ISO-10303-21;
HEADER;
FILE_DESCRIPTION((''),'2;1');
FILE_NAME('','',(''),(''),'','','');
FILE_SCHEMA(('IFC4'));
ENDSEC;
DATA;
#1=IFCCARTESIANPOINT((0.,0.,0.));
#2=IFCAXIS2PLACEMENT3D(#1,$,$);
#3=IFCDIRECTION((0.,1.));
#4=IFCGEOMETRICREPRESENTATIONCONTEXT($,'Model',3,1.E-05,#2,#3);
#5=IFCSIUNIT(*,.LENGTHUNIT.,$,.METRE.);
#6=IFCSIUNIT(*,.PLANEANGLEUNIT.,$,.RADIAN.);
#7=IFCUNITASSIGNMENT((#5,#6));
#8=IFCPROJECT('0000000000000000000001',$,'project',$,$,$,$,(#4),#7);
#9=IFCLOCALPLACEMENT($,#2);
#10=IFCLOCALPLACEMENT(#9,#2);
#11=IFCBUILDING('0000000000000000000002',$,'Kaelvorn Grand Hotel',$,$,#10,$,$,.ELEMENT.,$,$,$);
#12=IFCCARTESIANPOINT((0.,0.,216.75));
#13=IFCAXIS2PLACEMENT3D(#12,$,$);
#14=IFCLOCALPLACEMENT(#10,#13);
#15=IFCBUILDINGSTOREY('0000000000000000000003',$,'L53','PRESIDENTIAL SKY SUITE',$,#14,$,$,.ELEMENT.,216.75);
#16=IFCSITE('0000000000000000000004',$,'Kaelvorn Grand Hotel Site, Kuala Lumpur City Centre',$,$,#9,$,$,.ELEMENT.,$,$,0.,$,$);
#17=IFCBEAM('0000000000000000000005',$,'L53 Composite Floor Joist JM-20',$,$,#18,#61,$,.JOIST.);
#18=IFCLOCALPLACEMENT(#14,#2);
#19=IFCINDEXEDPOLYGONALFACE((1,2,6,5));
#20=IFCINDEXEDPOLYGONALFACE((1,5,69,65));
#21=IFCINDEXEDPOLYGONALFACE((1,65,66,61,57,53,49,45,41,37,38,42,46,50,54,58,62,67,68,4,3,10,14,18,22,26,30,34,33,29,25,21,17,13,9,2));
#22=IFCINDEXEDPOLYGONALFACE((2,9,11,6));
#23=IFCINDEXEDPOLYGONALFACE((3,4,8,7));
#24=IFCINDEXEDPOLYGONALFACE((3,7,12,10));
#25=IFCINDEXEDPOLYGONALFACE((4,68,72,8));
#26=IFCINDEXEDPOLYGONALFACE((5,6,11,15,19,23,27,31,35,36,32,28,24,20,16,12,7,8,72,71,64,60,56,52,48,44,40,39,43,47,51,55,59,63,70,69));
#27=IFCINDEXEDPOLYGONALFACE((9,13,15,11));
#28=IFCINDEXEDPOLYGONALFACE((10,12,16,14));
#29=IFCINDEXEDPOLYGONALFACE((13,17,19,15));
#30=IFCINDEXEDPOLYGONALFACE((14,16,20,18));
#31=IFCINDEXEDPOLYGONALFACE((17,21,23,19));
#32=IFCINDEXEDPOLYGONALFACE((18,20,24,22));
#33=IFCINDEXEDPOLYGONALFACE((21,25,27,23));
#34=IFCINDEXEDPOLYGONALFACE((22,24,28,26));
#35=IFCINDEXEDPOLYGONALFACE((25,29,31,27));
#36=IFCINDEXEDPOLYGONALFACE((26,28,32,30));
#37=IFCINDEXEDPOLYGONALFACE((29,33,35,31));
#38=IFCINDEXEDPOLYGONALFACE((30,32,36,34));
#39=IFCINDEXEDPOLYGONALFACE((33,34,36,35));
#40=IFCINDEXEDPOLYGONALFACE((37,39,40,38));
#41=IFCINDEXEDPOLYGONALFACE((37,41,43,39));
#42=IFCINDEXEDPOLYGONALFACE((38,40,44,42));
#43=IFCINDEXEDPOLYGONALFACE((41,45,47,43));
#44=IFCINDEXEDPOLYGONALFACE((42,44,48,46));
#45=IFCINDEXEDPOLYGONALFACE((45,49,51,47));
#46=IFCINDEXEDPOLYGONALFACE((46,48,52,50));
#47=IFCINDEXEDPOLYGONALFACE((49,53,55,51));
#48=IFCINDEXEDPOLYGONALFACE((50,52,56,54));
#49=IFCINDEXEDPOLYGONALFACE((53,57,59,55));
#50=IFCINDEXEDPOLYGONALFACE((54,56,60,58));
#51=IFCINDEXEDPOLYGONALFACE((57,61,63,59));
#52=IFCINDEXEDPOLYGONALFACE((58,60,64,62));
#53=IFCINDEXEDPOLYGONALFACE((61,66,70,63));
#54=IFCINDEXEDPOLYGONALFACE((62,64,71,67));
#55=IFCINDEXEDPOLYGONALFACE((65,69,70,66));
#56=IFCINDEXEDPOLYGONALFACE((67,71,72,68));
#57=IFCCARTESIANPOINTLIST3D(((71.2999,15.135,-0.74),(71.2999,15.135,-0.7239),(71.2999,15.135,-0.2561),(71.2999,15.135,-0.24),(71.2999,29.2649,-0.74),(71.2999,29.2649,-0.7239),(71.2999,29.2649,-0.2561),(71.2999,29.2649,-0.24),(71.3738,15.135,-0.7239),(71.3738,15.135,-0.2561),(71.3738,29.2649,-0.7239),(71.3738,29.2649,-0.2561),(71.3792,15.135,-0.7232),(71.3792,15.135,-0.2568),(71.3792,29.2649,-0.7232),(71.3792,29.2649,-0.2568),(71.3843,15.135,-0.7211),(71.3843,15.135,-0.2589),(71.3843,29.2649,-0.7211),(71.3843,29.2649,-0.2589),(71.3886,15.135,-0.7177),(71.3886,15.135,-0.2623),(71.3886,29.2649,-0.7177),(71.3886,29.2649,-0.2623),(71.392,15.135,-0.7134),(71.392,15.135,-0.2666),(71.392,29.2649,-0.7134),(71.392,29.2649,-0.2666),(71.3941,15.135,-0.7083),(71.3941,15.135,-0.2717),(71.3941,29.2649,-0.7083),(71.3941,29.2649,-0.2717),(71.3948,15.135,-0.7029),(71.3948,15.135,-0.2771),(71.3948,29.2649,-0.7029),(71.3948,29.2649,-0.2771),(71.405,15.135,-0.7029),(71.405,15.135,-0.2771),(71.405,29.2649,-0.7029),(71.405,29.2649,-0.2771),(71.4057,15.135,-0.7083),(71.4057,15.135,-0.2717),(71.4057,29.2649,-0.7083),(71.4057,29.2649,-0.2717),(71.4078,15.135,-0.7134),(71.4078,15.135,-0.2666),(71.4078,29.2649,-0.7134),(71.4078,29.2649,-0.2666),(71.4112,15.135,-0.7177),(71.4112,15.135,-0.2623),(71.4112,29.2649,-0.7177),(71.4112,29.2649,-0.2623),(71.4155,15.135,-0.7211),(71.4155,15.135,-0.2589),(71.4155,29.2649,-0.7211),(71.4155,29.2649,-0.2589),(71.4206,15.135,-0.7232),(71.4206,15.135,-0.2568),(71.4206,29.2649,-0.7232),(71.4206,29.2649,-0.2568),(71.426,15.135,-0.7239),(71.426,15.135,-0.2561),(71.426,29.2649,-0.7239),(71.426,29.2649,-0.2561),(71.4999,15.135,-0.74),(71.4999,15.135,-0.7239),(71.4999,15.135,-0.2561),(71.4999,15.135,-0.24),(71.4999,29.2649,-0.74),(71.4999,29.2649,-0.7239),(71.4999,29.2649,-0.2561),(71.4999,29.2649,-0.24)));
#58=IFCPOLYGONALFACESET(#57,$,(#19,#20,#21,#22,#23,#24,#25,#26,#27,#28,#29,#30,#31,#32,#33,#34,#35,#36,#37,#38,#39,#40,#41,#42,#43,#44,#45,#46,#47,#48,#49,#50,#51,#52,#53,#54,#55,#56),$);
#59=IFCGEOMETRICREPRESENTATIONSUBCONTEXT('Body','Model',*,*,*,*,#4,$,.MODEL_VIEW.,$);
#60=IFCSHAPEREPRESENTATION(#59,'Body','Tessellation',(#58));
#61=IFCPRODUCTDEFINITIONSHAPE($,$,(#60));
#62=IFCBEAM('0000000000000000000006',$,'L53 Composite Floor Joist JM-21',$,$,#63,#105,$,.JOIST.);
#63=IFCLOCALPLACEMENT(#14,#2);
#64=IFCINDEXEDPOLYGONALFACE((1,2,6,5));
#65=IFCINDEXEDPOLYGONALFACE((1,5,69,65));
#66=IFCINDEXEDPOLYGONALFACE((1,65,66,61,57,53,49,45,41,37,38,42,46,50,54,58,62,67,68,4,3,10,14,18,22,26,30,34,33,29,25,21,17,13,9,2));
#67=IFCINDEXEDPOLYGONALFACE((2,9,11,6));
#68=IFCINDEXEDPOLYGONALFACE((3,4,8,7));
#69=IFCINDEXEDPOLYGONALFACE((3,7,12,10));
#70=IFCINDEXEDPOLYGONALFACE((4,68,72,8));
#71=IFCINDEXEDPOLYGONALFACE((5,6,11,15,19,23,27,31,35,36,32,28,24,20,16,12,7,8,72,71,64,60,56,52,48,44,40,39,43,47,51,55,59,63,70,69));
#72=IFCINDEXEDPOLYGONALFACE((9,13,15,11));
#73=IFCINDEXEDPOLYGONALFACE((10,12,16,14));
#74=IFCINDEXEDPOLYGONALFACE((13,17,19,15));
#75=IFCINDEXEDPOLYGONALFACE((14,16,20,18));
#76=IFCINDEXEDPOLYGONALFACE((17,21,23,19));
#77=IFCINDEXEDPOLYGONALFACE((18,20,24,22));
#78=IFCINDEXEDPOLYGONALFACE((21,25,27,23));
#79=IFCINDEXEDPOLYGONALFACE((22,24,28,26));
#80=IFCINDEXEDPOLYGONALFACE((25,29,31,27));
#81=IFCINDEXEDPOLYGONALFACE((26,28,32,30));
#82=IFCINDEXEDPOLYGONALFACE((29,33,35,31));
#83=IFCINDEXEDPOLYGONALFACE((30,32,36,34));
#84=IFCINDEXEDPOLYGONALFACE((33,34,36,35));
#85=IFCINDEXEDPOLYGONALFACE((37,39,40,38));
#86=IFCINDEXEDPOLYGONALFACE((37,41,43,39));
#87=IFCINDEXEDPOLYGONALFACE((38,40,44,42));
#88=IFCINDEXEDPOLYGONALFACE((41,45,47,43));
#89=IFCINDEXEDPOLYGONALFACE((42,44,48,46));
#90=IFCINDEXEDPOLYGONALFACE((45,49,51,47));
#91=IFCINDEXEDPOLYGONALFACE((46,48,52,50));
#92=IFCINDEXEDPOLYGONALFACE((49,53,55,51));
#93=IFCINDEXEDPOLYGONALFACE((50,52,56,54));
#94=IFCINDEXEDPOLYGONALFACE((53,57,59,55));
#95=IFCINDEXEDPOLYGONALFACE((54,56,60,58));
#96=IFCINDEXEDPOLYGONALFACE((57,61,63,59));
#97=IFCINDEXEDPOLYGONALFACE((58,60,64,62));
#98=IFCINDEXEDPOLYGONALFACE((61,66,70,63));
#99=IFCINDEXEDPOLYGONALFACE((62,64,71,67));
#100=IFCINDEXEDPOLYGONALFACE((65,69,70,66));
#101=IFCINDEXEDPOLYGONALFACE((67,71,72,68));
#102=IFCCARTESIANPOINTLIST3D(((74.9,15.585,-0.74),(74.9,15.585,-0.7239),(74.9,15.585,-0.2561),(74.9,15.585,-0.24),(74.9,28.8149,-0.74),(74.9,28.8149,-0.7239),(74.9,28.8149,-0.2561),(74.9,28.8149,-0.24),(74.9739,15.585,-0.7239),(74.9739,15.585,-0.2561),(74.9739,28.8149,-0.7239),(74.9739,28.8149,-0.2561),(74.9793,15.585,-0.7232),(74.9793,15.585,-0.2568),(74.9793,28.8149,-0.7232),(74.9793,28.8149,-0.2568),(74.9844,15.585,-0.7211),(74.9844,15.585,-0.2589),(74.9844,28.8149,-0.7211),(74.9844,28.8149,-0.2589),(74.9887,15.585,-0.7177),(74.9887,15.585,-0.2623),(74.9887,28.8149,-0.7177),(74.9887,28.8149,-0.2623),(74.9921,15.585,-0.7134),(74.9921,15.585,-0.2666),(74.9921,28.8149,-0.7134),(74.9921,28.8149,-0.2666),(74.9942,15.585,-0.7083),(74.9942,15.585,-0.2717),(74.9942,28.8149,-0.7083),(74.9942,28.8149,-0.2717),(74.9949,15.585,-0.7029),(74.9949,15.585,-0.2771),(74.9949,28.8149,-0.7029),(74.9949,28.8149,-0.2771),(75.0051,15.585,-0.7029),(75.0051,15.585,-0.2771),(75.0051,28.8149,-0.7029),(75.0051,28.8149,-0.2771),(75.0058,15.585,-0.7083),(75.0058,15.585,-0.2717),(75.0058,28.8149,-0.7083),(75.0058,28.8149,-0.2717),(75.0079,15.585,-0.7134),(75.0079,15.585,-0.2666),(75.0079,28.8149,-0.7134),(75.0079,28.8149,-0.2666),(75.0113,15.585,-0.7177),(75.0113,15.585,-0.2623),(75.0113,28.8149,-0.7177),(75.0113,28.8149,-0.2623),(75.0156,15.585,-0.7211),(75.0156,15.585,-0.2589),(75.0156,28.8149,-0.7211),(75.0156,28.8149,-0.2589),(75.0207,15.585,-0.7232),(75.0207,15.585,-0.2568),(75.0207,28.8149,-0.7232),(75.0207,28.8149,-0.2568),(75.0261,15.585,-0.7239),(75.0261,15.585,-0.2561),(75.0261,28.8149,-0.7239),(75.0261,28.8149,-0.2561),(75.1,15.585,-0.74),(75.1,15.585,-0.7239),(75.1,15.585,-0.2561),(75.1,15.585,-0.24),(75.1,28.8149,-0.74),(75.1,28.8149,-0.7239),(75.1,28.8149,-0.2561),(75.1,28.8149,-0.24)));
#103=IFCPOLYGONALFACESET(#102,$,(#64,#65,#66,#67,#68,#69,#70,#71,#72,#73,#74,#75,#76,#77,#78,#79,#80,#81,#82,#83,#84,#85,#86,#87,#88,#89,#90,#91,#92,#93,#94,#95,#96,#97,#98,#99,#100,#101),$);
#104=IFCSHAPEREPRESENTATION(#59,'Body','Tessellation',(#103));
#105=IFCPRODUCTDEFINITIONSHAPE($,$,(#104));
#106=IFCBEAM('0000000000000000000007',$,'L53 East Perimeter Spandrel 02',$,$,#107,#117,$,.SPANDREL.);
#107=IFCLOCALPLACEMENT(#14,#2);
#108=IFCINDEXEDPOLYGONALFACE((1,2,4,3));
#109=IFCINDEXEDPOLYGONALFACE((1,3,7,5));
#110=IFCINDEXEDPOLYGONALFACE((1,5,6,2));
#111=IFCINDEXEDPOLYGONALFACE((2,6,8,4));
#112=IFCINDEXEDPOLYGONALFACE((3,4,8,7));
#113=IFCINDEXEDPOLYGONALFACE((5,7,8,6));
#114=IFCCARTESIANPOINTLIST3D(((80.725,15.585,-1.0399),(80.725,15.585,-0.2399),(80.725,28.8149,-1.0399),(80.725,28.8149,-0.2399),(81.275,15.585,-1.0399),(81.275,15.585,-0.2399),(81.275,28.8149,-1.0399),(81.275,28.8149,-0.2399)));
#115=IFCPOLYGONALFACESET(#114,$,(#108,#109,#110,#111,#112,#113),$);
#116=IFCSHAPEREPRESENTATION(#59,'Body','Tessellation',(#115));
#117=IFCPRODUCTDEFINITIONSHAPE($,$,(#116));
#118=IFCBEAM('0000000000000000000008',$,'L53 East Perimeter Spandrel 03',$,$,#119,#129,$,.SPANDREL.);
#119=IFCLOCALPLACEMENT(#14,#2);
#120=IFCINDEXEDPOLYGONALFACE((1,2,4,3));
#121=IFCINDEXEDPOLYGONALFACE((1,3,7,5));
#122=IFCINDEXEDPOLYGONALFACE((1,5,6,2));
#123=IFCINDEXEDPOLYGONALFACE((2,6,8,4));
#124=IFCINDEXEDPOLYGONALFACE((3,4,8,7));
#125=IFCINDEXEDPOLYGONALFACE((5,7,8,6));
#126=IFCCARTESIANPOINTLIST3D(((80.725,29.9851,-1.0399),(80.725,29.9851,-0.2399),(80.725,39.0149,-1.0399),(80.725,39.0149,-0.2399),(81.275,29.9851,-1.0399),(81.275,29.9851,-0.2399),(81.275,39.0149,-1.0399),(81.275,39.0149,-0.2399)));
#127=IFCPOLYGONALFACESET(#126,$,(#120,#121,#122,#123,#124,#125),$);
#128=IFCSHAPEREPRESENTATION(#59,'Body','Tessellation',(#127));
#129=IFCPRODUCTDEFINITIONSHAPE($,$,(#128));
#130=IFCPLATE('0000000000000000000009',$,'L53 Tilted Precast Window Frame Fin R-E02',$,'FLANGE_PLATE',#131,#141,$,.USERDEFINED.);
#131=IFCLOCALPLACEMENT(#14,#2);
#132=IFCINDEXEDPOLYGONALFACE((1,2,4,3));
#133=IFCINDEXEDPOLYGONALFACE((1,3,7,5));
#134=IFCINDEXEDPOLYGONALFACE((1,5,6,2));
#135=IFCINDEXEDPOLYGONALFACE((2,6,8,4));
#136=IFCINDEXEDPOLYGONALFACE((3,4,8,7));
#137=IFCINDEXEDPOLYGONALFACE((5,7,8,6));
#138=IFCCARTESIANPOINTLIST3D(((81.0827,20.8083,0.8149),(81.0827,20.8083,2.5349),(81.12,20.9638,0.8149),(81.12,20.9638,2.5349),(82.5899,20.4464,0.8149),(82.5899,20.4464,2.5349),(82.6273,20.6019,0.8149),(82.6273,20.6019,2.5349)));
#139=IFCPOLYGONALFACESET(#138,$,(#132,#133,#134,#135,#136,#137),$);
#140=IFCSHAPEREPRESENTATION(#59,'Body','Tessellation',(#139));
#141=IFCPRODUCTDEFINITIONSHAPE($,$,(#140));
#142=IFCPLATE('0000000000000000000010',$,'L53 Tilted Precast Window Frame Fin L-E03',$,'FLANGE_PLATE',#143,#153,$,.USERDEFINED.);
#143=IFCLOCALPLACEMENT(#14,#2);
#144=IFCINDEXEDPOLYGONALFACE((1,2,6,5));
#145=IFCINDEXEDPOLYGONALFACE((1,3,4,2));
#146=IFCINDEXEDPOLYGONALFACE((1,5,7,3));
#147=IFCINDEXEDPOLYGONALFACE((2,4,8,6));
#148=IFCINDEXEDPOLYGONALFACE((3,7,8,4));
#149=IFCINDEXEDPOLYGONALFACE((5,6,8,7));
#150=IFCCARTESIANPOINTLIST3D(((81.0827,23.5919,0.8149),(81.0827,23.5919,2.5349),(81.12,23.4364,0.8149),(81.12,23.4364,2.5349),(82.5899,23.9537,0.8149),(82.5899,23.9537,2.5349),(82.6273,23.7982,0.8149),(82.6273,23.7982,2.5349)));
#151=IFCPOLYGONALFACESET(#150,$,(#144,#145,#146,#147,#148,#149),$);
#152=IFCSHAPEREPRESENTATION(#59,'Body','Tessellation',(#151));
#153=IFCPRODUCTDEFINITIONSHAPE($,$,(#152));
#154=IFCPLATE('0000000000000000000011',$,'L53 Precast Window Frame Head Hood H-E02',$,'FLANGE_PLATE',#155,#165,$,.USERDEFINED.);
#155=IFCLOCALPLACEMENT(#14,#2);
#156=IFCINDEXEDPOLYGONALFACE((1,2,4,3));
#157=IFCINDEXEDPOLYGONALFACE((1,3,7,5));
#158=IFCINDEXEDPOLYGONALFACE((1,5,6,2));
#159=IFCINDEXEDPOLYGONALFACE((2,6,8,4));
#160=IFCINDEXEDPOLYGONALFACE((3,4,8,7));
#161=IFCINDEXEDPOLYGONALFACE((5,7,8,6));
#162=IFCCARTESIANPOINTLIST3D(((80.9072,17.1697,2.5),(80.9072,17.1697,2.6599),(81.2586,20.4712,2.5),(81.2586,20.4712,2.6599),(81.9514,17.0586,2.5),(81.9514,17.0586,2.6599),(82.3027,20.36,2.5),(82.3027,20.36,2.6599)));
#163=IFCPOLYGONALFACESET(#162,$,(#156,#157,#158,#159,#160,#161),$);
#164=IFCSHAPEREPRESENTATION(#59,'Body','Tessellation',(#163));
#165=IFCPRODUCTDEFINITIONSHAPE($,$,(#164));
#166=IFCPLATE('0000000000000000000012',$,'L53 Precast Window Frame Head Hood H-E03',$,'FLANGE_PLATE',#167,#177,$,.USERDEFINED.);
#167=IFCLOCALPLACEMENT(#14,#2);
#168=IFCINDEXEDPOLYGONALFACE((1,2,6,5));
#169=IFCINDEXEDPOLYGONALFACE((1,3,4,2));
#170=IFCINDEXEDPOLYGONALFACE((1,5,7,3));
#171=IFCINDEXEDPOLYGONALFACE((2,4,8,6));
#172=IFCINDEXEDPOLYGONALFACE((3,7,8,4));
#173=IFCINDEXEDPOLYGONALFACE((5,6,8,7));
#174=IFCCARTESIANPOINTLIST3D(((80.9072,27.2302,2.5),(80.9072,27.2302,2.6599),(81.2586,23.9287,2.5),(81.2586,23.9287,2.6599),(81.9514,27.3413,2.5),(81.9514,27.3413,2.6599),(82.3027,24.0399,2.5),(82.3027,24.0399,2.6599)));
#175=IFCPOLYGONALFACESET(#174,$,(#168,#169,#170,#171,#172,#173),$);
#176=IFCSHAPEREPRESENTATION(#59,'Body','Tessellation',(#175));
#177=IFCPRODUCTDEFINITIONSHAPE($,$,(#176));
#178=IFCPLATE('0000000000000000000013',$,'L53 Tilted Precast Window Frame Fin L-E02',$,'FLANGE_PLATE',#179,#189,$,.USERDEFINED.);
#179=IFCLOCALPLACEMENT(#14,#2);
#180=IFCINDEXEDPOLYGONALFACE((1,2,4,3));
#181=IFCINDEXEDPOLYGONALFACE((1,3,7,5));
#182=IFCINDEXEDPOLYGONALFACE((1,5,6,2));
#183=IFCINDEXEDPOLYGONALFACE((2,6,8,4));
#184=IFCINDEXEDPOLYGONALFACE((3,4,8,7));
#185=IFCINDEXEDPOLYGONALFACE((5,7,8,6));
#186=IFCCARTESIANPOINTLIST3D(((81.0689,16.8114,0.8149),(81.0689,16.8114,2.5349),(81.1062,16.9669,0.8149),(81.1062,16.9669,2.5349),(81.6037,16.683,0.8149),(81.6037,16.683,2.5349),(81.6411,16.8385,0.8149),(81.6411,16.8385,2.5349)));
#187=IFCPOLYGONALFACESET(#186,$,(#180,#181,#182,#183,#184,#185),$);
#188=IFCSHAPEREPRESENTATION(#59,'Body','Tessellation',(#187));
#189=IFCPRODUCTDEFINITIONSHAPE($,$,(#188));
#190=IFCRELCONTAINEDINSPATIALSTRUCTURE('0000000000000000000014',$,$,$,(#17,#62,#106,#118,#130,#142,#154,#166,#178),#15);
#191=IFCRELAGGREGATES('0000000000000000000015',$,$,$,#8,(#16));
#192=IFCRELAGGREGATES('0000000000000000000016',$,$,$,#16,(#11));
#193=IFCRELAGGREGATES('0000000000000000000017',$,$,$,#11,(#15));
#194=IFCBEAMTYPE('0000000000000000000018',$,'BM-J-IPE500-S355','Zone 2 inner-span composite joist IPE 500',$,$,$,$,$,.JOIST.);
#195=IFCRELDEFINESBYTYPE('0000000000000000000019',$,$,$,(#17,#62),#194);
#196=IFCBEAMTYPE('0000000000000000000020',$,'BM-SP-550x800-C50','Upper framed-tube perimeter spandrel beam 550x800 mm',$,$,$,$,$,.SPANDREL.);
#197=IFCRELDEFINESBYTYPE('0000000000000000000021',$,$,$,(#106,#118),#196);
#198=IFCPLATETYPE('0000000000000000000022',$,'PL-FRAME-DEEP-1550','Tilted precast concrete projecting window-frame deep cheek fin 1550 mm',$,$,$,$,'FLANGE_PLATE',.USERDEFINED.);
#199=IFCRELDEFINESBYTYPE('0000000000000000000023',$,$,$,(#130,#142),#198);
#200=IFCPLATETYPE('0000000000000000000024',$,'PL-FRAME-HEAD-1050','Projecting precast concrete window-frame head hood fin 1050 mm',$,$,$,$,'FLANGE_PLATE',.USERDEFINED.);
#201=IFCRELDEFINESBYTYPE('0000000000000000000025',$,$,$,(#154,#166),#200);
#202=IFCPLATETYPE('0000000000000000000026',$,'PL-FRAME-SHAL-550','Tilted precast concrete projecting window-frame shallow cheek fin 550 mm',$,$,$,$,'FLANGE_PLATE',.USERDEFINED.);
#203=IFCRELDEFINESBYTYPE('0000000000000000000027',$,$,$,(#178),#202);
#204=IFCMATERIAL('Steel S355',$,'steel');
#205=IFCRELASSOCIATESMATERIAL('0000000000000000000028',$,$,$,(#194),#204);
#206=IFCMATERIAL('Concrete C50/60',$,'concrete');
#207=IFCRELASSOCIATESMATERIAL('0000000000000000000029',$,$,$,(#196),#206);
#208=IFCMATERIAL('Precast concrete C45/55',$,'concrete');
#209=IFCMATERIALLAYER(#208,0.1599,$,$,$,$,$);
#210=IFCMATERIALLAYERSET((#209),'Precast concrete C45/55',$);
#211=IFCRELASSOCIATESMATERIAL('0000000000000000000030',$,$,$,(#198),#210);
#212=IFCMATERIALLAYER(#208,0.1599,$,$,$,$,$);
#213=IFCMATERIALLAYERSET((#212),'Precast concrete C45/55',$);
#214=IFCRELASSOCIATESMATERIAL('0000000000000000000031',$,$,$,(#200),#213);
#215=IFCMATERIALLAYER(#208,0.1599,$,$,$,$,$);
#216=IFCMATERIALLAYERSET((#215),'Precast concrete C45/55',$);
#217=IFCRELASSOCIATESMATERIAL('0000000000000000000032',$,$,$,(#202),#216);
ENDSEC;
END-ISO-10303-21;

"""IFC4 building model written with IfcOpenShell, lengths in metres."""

from ifc_helpers import new_model, si_unit, direction, frame, origin, origin_2d, place, context, subcontext, project, spatial, rectangle, i_section, extrude, material, layer, layer_set, material_profile, profile_set, type_object, element, save


model = new_model("IFC4")

# Units and contexts
model_context = context("Model", 3, precision=1e-05, world=origin(), true_north=direction((0.0, 1.0)))
body_context = subcontext(model_context, "Body", "Model", "MODEL_VIEW")
ifc_project = project(units=[si_unit("LENGTHUNIT", "METRE"), si_unit("PLANEANGLEUNIT", "RADIAN")], contexts=[model_context])

# Site, building, storey
site_placement = place(None, origin())
site = spatial("IfcSite", under=ifc_project, at=site_placement, Name="Kaelvorn Grand Hotel Site, Kuala Lumpur City Centre", CompositionType="ELEMENT", RefElevation=0.0)
building_placement = place(site_placement, origin())
building = spatial("IfcBuilding", under=site, at=building_placement, Name="Kaelvorn Grand Hotel", CompositionType="ELEMENT")
storey_placement = place(building_placement, frame((0.0, 0.0, 216.75)))
storey = spatial("IfcBuildingStorey", under=building, at=storey_placement, Name="L53", Description="PRESIDENTIAL SKY SUITE", CompositionType="ELEMENT", Elevation=216.75)

# Beams
ifc_material_1 = material(Name="Steel S355", Category="steel")
ifc_material_profile_1 = material_profile(ifc_material_1, i_section(OverallWidth=0.2, OverallDepth=0.5, WebThickness=0.0103, FlangeThickness=0.0161, FilletRadius=0.021, at=origin_2d()), Name="IPE 500")
ifc_profile_set_1 = profile_set([ifc_material_profile_1], Name="Steel S355")
beam_type_1 = type_object("IfcBeamType", Name="BM-J-IPE500-S355", Description="Zone 2 inner-span composite joist IPE 500", PredefinedType="JOIST", material=ifc_profile_set_1)
beam_1_placement = place(storey_placement, frame((71.3999, 15.135, -0.49), z_axis=(0.0, 1.0, 0.0), x_axis=(-1.0, 0.0, 0.0)))
element("IfcBeam", 1, at=beam_1_placement, inside=storey, type_object=beam_type_1, Name="L53 Composite Floor Joist JM-20", PredefinedType="JOIST", context=body_context, shape_type="SweptSolid", body=[
    extrude(i_section(OverallWidth=0.2, OverallDepth=0.5, WebThickness=0.0103, FlangeThickness=0.0161, FilletRadius=0.021, at=origin_2d()), origin(), (0.0, 0.0, 1.0), 14.1299),
])
beam_2_placement = place(storey_placement, frame((75.0, 15.585, -0.49), z_axis=(0.0, 1.0, 0.0), x_axis=(-1.0, 0.0, 0.0)))
element("IfcBeam", 2, at=beam_2_placement, inside=storey, type_object=beam_type_1, Name="L53 Composite Floor Joist JM-21", PredefinedType="JOIST", context=body_context, shape_type="SweptSolid", body=[
    extrude(i_section(OverallWidth=0.2, OverallDepth=0.5, WebThickness=0.0103, FlangeThickness=0.0161, FilletRadius=0.021, at=origin_2d()), origin(), (0.0, 0.0, 1.0), 13.23),
])
ifc_material_2 = material(Name="Concrete C50/60", Category="concrete")
ifc_material_profile_2 = material_profile(ifc_material_2, rectangle(XDim=0.55, YDim=0.8, at=origin_2d()), Name="RC SPANDREL 550x800")
ifc_profile_set_2 = profile_set([ifc_material_profile_2], Name="Concrete C50/60")
beam_type_2 = type_object("IfcBeamType", Name="BM-SP-550x800-C50", Description="Upper framed-tube perimeter spandrel beam 550x800 mm", PredefinedType="SPANDREL", material=ifc_profile_set_2)
beam_3_placement = place(storey_placement, frame((81.0, 15.585, -0.6399), z_axis=(0.0, 1.0, 0.0), x_axis=(-1.0, 0.0, 0.0)))
element("IfcBeam", 3, at=beam_3_placement, inside=storey, type_object=beam_type_2, Name="L53 East Perimeter Spandrel 02", PredefinedType="SPANDREL", context=body_context, shape_type="SweptSolid", body=[
    extrude(rectangle(XDim=0.55, YDim=0.8, at=origin_2d()), origin(), (0.0, 0.0, 1.0), 13.23),
])
beam_4_placement = place(storey_placement, frame((81.0, 29.9851, -0.6399), z_axis=(0.0, 1.0, 0.0), x_axis=(-1.0, 0.0, 0.0)))
element("IfcBeam", 4, at=beam_4_placement, inside=storey, type_object=beam_type_2, Name="L53 East Perimeter Spandrel 03", PredefinedType="SPANDREL", context=body_context, shape_type="SweptSolid", body=[
    extrude(rectangle(XDim=0.55, YDim=0.8, at=origin_2d()), origin(), (0.0, 0.0, 1.0), 9.0298),
])

# Plates
ifc_material_3 = material(Name="Precast concrete C45/55", Category="concrete")
ifc_layer_1 = layer(ifc_material_3, 0.1599)
ifc_layer_set_1 = layer_set([ifc_layer_1], Name="Precast concrete C45/55")
plate_type_1 = type_object("IfcPlateType", Name="PL-FRAME-DEEP-1550", Description="Tilted precast concrete projecting window-frame deep cheek fin 1550 mm", ElementType="FLANGE_PLATE", PredefinedType="USERDEFINED", material=ifc_layer_set_1)
for number, where, z_axis, x_axis, name in (
    (5, (81.855, 20.7051, 0.8149), (0.0, 0.0, 1.0), (0.233445, 0.97237, 0.0), "L53 Tilted Precast Window Frame Fin R-E02"),
    (6, (81.855, 23.6951, 0.8149), (0.0, 0.0, 1.0), (-0.233445, 0.97237, 0.0), "L53 Tilted Precast Window Frame Fin L-E03"),
):
    element("IfcPlate", number, at=place(storey_placement, frame(where, z_axis=z_axis, x_axis=x_axis)), inside=storey, type_object=plate_type_1, Name=name, ObjectType="FLANGE_PLATE", PredefinedType="USERDEFINED", context=body_context, shape_type="SweptSolid", body=[
        extrude(rectangle(XDim=0.1599, YDim=1.55, at=origin_2d()), origin(), (0.0, 0.0, 1.0), 1.72),
    ])
ifc_layer_2 = layer(ifc_material_3, 0.1599)
ifc_layer_set_2 = layer_set([ifc_layer_2], Name="Precast concrete C45/55")
plate_type_2 = type_object("IfcPlateType", Name="PL-FRAME-HEAD-1050", Description="Projecting precast concrete window-frame head hood fin 1050 mm", ElementType="FLANGE_PLATE", PredefinedType="USERDEFINED", material=ifc_layer_set_2)
for number, where, z_axis, x_axis, name in (
    (7, (81.605, 18.7649, 2.5), (0.0, 0.0, 1.0), (0.10583, 0.994384, 0.0), "L53 Precast Window Frame Head Hood H-E02"),
    (8, (81.605, 25.635, 2.5), (0.0, 0.0, 1.0), (-0.10583, 0.994384, 0.0), "L53 Precast Window Frame Head Hood H-E03"),
):
    element("IfcPlate", number, at=place(storey_placement, frame(where, z_axis=z_axis, x_axis=x_axis)), inside=storey, type_object=plate_type_2, Name=name, ObjectType="FLANGE_PLATE", PredefinedType="USERDEFINED", context=body_context, shape_type="SweptSolid", body=[
        extrude(rectangle(XDim=3.3201, YDim=1.05, at=origin_2d()), origin(), (0.0, 0.0, 1.0), 0.1599),
    ])
ifc_layer_3 = layer(ifc_material_3, 0.1599)
ifc_layer_set_3 = layer_set([ifc_layer_3], Name="Precast concrete C45/55")
plate_type_3 = type_object("IfcPlateType", Name="PL-FRAME-SHAL-550", Description="Tilted precast concrete projecting window-frame shallow cheek fin 550 mm", ElementType="FLANGE_PLATE", PredefinedType="USERDEFINED", material=ifc_layer_set_3)
for number, where, z_axis, x_axis, name in (
    (9, (81.355, 16.825, 0.8149), (0.0, 0.0, 1.0), (0.233445, 0.97237, 0.0), "L53 Tilted Precast Window Frame Fin L-E02"),
):
    element("IfcPlate", number, at=place(storey_placement, frame(where, z_axis=z_axis, x_axis=x_axis)), inside=storey, type_object=plate_type_3, Name=name, ObjectType="FLANGE_PLATE", PredefinedType="USERDEFINED", context=body_context, shape_type="SweptSolid", body=[
        extrude(rectangle(XDim=0.1599, YDim=0.55, at=origin_2d()), origin(), (0.0, 0.0, 1.0), 1.72),
    ])

save(model, "model.ifc")
